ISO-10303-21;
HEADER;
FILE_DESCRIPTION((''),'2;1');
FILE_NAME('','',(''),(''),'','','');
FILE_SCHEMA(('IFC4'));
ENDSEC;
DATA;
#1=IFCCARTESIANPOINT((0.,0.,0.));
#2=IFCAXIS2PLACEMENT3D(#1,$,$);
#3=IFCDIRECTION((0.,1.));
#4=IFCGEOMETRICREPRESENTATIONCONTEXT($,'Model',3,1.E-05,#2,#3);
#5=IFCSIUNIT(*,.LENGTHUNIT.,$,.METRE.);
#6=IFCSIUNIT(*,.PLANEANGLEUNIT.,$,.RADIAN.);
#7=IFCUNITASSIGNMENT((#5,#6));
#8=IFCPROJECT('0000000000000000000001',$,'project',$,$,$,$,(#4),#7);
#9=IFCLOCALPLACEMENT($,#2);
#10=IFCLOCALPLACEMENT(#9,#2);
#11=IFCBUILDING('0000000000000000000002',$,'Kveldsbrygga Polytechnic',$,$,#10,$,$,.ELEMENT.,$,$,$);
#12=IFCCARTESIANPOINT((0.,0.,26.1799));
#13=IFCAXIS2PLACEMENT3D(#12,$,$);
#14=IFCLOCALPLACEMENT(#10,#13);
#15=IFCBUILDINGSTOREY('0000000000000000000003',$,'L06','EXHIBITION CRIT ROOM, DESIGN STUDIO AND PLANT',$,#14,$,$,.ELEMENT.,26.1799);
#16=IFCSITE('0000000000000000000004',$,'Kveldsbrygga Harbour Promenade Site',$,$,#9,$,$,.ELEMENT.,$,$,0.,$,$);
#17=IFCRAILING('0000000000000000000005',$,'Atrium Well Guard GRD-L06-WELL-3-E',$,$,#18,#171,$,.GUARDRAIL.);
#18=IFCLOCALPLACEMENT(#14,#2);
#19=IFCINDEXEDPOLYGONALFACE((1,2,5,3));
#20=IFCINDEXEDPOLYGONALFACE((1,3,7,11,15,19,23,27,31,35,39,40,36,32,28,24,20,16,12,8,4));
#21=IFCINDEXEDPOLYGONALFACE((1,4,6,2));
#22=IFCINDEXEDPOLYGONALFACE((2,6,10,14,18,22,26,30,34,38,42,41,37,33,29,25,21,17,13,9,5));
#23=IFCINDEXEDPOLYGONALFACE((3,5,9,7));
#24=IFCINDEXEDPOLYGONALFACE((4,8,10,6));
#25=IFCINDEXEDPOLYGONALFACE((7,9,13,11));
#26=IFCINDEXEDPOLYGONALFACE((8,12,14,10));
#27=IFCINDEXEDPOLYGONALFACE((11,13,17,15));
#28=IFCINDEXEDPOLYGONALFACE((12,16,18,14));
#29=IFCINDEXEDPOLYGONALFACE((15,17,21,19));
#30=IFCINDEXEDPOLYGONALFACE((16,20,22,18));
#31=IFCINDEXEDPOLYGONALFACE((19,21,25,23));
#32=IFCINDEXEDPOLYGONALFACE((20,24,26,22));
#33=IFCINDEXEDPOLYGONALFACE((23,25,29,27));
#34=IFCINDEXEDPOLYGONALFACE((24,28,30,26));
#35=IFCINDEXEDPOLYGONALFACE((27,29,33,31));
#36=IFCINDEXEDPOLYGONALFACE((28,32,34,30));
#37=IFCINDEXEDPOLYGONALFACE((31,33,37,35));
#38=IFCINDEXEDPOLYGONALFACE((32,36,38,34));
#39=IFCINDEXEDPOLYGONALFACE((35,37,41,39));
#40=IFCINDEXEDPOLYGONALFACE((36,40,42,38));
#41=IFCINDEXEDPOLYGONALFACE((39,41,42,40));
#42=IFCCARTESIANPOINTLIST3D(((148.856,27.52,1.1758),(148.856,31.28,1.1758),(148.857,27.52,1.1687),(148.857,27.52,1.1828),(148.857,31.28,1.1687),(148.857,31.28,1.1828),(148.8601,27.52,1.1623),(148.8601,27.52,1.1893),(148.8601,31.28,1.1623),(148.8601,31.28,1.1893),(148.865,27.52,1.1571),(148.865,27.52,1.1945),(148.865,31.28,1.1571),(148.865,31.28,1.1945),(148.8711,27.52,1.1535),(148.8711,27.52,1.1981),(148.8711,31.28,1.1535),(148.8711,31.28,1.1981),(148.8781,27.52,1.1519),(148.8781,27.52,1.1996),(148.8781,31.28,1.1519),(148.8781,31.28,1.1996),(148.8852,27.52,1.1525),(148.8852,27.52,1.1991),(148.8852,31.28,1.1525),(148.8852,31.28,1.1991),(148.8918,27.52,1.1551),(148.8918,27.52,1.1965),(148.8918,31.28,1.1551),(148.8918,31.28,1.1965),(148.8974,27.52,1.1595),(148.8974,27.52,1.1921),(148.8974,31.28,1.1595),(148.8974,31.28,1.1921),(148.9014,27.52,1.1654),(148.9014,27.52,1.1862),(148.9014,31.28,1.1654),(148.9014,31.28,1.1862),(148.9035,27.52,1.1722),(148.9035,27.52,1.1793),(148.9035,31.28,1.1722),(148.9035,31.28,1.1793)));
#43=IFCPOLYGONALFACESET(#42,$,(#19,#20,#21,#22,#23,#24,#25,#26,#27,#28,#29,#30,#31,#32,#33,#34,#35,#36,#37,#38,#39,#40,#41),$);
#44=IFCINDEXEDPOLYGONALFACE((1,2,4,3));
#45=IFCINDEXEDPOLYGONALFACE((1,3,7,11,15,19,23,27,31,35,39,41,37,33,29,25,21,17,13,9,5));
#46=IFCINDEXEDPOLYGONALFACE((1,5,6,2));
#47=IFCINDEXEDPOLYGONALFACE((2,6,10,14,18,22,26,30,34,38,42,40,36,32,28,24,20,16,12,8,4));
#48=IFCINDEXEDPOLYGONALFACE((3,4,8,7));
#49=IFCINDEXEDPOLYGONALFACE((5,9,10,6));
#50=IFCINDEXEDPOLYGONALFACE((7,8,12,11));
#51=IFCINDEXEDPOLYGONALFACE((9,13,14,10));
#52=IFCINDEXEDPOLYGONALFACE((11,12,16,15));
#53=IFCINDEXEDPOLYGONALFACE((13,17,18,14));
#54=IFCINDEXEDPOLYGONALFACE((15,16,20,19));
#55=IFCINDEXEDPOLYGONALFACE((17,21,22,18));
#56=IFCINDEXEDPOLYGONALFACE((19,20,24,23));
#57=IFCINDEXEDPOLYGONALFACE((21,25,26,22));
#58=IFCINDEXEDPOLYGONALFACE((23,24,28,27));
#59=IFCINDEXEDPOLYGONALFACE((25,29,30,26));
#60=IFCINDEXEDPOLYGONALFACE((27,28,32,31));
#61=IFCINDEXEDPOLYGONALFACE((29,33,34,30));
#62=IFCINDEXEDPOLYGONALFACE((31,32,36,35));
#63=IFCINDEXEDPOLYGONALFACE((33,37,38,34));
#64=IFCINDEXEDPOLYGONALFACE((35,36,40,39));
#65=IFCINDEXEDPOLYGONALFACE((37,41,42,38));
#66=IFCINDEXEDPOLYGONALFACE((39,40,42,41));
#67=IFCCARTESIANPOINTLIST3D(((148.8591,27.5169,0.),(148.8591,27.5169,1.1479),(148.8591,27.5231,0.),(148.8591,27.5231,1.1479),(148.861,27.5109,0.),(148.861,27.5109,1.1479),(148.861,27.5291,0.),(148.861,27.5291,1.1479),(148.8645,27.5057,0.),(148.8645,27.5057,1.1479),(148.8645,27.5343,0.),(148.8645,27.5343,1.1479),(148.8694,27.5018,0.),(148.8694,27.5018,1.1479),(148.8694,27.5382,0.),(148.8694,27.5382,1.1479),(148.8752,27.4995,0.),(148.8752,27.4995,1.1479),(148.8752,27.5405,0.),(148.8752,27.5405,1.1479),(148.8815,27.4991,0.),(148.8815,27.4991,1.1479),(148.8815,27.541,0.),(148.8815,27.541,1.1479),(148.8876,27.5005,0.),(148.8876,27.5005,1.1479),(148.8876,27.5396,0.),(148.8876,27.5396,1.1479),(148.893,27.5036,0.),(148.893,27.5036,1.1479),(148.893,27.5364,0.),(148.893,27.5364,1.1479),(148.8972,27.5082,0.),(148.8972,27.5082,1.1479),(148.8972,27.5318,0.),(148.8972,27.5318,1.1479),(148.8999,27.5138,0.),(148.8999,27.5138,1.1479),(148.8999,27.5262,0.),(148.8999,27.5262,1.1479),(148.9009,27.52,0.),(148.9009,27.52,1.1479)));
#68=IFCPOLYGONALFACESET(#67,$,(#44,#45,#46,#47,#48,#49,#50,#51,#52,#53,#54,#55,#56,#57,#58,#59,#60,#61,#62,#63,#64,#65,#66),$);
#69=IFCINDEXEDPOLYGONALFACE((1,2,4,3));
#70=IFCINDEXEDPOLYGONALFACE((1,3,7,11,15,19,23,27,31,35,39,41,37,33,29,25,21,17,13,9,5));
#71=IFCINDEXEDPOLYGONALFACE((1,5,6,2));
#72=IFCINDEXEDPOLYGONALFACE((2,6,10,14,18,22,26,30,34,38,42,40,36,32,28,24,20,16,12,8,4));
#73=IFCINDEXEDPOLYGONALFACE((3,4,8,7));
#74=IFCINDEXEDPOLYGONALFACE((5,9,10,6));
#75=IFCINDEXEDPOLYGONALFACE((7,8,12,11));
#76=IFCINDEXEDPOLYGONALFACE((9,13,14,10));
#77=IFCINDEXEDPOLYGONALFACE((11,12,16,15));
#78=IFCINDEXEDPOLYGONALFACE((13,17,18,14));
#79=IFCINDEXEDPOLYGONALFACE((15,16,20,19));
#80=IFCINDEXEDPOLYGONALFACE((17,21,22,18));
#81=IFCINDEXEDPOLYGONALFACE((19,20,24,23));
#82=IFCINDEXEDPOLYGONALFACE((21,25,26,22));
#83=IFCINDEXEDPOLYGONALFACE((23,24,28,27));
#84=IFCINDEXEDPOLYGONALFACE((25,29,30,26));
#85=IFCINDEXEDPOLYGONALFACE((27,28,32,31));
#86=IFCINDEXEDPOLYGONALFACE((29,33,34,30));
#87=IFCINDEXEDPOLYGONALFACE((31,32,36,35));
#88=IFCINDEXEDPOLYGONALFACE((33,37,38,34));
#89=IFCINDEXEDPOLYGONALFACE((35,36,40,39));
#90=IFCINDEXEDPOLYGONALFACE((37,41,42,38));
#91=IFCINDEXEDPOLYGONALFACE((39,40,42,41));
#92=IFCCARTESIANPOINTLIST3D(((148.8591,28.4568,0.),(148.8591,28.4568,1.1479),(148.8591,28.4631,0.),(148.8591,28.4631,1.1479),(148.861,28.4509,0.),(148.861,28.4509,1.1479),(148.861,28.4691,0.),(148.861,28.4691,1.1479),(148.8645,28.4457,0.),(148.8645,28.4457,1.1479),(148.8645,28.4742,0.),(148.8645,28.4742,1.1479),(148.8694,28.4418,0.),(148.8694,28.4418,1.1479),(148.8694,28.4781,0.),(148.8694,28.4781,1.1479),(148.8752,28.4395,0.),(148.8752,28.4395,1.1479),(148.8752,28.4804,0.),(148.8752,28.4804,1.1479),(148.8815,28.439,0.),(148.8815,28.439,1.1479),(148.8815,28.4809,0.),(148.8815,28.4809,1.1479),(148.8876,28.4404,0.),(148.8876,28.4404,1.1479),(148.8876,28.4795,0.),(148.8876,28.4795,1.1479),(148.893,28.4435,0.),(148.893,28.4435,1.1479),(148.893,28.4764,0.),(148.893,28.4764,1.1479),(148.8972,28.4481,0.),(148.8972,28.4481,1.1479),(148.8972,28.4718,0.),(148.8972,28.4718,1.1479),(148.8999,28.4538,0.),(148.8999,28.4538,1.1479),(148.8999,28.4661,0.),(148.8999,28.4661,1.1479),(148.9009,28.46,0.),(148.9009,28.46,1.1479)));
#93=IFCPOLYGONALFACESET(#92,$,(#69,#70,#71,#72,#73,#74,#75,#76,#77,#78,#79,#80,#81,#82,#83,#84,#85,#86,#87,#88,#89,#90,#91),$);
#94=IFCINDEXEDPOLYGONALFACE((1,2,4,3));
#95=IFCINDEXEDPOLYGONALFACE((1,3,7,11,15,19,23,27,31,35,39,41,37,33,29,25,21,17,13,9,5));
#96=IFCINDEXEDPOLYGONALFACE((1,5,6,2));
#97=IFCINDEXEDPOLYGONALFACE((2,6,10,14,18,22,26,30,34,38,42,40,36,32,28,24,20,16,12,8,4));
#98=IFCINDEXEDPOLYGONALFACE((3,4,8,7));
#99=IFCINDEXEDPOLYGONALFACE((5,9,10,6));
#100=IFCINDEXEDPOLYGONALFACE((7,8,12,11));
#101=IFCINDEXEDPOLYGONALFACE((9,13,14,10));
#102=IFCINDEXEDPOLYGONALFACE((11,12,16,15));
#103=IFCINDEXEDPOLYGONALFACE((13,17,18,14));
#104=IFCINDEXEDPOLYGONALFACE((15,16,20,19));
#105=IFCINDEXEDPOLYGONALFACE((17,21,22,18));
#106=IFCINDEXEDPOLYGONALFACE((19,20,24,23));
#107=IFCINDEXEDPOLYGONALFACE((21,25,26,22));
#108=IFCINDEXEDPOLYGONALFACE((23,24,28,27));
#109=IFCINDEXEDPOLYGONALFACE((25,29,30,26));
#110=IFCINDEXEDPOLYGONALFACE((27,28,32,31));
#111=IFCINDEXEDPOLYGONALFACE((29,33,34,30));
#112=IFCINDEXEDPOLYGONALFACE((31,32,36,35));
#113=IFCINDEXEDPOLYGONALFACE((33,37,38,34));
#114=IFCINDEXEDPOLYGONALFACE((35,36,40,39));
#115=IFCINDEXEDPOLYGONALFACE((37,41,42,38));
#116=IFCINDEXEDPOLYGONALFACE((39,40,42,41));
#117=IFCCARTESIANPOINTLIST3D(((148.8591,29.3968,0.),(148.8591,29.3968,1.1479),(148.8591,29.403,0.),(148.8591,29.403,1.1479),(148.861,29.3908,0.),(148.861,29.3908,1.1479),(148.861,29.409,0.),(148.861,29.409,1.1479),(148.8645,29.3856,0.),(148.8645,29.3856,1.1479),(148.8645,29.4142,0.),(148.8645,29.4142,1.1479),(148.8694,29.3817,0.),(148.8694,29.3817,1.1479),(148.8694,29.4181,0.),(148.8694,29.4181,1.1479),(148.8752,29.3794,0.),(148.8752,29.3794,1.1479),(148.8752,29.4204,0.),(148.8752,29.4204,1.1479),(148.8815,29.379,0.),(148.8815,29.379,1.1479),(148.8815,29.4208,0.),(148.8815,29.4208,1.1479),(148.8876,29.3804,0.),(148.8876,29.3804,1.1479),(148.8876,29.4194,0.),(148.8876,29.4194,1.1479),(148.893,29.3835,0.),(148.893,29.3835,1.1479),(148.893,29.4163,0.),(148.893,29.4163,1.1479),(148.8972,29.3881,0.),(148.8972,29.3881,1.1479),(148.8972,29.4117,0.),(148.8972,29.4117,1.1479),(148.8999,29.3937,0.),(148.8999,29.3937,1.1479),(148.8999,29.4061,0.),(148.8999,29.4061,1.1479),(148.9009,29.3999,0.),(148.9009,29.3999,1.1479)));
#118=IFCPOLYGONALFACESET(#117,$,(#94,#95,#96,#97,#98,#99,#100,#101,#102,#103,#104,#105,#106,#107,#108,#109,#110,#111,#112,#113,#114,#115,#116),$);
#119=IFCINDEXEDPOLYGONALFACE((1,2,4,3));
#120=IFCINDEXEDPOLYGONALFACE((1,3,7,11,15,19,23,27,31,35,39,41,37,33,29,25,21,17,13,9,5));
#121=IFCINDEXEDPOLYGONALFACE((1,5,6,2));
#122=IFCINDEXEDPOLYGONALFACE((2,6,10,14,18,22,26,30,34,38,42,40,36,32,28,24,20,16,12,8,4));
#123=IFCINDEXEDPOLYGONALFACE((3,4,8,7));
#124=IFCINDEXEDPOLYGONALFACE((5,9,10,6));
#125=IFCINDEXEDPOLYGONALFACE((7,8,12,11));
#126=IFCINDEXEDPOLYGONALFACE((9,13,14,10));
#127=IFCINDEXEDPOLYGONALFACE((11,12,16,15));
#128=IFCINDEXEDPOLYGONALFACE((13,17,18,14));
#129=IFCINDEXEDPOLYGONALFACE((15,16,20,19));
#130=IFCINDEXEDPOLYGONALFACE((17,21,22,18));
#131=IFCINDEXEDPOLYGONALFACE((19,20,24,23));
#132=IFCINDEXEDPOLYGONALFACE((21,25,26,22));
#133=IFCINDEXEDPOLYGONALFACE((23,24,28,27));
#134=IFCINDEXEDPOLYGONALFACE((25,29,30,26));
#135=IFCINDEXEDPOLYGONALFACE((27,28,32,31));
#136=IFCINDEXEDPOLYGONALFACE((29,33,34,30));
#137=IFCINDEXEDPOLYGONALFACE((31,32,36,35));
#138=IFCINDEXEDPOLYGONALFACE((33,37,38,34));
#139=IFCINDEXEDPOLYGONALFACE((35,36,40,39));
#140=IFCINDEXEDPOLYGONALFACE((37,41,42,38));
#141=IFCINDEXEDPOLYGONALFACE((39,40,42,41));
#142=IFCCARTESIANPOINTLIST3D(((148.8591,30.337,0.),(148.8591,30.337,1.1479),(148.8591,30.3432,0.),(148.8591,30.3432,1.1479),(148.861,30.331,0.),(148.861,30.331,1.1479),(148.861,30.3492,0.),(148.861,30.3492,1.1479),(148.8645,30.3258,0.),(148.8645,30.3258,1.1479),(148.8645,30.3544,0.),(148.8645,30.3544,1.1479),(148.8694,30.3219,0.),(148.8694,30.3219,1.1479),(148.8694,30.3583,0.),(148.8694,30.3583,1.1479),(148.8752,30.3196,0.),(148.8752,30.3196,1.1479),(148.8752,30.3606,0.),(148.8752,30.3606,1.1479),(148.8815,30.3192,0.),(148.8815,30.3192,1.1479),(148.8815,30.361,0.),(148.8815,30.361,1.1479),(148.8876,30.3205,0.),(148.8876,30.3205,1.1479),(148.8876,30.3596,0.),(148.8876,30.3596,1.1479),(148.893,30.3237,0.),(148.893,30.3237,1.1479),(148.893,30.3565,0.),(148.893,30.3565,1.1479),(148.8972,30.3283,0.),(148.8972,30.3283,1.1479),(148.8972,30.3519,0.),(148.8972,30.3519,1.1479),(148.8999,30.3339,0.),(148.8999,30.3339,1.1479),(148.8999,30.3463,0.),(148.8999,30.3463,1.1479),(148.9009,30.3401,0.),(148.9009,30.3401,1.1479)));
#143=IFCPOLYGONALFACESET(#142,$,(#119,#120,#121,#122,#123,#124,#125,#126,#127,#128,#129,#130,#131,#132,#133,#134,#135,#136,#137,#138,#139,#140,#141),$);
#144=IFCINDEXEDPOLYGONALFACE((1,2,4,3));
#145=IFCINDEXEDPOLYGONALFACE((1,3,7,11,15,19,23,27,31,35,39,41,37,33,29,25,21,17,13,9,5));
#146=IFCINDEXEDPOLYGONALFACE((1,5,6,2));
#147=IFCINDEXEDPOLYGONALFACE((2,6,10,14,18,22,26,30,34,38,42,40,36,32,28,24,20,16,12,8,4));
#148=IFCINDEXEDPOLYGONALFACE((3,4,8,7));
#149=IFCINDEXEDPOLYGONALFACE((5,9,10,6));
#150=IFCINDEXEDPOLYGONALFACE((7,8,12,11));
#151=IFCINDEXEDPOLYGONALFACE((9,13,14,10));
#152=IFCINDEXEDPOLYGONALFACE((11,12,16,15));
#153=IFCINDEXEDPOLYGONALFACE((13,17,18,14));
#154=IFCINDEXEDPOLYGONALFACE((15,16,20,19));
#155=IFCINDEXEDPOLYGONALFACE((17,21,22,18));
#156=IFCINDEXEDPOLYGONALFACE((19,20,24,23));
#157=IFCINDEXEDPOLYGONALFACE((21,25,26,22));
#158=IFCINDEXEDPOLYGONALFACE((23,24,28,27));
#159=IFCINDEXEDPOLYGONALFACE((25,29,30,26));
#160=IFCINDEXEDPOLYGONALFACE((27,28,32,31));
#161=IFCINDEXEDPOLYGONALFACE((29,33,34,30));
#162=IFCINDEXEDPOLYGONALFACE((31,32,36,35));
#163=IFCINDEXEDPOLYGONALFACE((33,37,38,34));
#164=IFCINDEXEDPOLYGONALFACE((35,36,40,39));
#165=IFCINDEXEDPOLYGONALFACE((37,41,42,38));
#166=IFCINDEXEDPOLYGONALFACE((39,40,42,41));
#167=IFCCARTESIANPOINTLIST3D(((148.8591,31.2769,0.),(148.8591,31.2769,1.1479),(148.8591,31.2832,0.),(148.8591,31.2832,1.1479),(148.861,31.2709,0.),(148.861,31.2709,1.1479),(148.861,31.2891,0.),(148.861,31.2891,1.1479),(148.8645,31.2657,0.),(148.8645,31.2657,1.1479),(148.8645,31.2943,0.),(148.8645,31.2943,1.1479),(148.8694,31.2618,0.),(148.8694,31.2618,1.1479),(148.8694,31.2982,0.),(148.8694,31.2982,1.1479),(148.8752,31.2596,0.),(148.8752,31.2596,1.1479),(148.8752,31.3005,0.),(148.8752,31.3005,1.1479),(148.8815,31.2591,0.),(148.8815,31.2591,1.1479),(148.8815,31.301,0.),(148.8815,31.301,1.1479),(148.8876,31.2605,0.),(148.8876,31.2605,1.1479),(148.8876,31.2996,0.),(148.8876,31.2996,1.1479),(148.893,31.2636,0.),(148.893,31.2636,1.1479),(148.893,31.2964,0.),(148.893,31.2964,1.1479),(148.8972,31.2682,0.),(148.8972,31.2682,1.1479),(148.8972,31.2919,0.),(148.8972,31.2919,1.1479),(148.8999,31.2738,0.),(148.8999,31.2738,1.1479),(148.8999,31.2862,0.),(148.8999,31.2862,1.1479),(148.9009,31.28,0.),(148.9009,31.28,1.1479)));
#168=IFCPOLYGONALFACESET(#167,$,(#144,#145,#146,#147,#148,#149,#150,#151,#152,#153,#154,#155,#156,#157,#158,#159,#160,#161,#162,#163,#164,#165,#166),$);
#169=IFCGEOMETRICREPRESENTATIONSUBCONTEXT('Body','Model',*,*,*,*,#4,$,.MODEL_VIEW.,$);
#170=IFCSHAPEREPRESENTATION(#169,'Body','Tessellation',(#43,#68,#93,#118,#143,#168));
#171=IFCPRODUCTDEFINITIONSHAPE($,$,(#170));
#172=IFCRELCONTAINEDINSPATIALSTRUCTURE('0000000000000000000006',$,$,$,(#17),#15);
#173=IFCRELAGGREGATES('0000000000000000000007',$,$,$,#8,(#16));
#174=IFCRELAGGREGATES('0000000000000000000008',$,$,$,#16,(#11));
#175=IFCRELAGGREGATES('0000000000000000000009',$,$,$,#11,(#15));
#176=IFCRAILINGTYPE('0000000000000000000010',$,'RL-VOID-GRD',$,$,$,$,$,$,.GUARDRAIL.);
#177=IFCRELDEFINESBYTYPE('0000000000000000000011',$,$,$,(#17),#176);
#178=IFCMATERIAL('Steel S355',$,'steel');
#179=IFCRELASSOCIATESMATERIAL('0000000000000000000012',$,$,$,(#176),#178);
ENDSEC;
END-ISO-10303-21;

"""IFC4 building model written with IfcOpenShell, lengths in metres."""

from ifc_helpers import new_model, si_unit, direction, frame, origin, origin_2d, place, context, subcontext, project, spatial, circle, extrude, material, type_object, element, save


model = new_model("IFC4")

# Units and contexts
model_context = context("Model", 3, precision=1e-05, world=origin(), true_north=direction((0.0, 1.0)))
body_context = subcontext(model_context, "Body", "Model", "MODEL_VIEW")
ifc_project = project(units=[si_unit("LENGTHUNIT", "METRE"), si_unit("PLANEANGLEUNIT", "RADIAN")], contexts=[model_context])

# Site, building, storey
site_placement = place(None, origin())
site = spatial("IfcSite", under=ifc_project, at=site_placement, Name="Kveldsbrygga Harbour Promenade Site", CompositionType="ELEMENT", RefElevation=0.0)
building_placement = place(site_placement, origin())
building = spatial("IfcBuilding", under=site, at=building_placement, Name="Kveldsbrygga Polytechnic", CompositionType="ELEMENT")
storey_placement = place(building_placement, frame((0.0, 0.0, 26.1799)))
storey = spatial("IfcBuildingStorey", under=building, at=storey_placement, Name="L06", Description="EXHIBITION CRIT ROOM, DESIGN STUDIO AND PLANT", CompositionType="ELEMENT", Elevation=26.1799)

# Shared definitions
ifc_material_1 = material(Name="Steel S355", Category="steel")

# Railing
railing_type = type_object("IfcRailingType", Name="RL-VOID-GRD", PredefinedType="GUARDRAIL", material=ifc_material_1)
railing_1_placement = place(storey_placement, frame((148.8799, 27.52, 0.0)))
element("IfcRailing", 1, at=railing_1_placement, inside=storey, type_object=railing_type, Name="Atrium Well Guard GRD-L06-WELL-3-E", PredefinedType="GUARDRAIL", context=body_context, shape_type="SweptSolid", body=[
    extrude(circle(Radius=0.0239, at=origin_2d()), frame((0.0, 0.0, 1.1758), z_axis=(0.0, 1.0, 0.0), x_axis=(-1.0, 0.0, 0.0)), (0.0, 0.0, 1.0), 3.76),
    extrude(circle(Radius=0.021, at=origin_2d()), origin(), (0.0, 0.0, 1.0), 1.1479),
    extrude(circle(Radius=0.021, at=origin_2d()), frame((0.0, 0.9399, 0.0)), (0.0, 0.0, 1.0), 1.1479),
    extrude(circle(Radius=0.021, at=origin_2d()), frame((0.0, 1.8799, 0.0)), (0.0, 0.0, 1.0), 1.1479),
    extrude(circle(Radius=0.021, at=origin_2d()), frame((0.0, 2.8201, 0.0)), (0.0, 0.0, 1.0), 1.1479),
    extrude(circle(Radius=0.021, at=origin_2d()), frame((0.0, 3.76, 0.0)), (0.0, 0.0, 1.0), 1.1479),
])

save(model, "model.ifc")
